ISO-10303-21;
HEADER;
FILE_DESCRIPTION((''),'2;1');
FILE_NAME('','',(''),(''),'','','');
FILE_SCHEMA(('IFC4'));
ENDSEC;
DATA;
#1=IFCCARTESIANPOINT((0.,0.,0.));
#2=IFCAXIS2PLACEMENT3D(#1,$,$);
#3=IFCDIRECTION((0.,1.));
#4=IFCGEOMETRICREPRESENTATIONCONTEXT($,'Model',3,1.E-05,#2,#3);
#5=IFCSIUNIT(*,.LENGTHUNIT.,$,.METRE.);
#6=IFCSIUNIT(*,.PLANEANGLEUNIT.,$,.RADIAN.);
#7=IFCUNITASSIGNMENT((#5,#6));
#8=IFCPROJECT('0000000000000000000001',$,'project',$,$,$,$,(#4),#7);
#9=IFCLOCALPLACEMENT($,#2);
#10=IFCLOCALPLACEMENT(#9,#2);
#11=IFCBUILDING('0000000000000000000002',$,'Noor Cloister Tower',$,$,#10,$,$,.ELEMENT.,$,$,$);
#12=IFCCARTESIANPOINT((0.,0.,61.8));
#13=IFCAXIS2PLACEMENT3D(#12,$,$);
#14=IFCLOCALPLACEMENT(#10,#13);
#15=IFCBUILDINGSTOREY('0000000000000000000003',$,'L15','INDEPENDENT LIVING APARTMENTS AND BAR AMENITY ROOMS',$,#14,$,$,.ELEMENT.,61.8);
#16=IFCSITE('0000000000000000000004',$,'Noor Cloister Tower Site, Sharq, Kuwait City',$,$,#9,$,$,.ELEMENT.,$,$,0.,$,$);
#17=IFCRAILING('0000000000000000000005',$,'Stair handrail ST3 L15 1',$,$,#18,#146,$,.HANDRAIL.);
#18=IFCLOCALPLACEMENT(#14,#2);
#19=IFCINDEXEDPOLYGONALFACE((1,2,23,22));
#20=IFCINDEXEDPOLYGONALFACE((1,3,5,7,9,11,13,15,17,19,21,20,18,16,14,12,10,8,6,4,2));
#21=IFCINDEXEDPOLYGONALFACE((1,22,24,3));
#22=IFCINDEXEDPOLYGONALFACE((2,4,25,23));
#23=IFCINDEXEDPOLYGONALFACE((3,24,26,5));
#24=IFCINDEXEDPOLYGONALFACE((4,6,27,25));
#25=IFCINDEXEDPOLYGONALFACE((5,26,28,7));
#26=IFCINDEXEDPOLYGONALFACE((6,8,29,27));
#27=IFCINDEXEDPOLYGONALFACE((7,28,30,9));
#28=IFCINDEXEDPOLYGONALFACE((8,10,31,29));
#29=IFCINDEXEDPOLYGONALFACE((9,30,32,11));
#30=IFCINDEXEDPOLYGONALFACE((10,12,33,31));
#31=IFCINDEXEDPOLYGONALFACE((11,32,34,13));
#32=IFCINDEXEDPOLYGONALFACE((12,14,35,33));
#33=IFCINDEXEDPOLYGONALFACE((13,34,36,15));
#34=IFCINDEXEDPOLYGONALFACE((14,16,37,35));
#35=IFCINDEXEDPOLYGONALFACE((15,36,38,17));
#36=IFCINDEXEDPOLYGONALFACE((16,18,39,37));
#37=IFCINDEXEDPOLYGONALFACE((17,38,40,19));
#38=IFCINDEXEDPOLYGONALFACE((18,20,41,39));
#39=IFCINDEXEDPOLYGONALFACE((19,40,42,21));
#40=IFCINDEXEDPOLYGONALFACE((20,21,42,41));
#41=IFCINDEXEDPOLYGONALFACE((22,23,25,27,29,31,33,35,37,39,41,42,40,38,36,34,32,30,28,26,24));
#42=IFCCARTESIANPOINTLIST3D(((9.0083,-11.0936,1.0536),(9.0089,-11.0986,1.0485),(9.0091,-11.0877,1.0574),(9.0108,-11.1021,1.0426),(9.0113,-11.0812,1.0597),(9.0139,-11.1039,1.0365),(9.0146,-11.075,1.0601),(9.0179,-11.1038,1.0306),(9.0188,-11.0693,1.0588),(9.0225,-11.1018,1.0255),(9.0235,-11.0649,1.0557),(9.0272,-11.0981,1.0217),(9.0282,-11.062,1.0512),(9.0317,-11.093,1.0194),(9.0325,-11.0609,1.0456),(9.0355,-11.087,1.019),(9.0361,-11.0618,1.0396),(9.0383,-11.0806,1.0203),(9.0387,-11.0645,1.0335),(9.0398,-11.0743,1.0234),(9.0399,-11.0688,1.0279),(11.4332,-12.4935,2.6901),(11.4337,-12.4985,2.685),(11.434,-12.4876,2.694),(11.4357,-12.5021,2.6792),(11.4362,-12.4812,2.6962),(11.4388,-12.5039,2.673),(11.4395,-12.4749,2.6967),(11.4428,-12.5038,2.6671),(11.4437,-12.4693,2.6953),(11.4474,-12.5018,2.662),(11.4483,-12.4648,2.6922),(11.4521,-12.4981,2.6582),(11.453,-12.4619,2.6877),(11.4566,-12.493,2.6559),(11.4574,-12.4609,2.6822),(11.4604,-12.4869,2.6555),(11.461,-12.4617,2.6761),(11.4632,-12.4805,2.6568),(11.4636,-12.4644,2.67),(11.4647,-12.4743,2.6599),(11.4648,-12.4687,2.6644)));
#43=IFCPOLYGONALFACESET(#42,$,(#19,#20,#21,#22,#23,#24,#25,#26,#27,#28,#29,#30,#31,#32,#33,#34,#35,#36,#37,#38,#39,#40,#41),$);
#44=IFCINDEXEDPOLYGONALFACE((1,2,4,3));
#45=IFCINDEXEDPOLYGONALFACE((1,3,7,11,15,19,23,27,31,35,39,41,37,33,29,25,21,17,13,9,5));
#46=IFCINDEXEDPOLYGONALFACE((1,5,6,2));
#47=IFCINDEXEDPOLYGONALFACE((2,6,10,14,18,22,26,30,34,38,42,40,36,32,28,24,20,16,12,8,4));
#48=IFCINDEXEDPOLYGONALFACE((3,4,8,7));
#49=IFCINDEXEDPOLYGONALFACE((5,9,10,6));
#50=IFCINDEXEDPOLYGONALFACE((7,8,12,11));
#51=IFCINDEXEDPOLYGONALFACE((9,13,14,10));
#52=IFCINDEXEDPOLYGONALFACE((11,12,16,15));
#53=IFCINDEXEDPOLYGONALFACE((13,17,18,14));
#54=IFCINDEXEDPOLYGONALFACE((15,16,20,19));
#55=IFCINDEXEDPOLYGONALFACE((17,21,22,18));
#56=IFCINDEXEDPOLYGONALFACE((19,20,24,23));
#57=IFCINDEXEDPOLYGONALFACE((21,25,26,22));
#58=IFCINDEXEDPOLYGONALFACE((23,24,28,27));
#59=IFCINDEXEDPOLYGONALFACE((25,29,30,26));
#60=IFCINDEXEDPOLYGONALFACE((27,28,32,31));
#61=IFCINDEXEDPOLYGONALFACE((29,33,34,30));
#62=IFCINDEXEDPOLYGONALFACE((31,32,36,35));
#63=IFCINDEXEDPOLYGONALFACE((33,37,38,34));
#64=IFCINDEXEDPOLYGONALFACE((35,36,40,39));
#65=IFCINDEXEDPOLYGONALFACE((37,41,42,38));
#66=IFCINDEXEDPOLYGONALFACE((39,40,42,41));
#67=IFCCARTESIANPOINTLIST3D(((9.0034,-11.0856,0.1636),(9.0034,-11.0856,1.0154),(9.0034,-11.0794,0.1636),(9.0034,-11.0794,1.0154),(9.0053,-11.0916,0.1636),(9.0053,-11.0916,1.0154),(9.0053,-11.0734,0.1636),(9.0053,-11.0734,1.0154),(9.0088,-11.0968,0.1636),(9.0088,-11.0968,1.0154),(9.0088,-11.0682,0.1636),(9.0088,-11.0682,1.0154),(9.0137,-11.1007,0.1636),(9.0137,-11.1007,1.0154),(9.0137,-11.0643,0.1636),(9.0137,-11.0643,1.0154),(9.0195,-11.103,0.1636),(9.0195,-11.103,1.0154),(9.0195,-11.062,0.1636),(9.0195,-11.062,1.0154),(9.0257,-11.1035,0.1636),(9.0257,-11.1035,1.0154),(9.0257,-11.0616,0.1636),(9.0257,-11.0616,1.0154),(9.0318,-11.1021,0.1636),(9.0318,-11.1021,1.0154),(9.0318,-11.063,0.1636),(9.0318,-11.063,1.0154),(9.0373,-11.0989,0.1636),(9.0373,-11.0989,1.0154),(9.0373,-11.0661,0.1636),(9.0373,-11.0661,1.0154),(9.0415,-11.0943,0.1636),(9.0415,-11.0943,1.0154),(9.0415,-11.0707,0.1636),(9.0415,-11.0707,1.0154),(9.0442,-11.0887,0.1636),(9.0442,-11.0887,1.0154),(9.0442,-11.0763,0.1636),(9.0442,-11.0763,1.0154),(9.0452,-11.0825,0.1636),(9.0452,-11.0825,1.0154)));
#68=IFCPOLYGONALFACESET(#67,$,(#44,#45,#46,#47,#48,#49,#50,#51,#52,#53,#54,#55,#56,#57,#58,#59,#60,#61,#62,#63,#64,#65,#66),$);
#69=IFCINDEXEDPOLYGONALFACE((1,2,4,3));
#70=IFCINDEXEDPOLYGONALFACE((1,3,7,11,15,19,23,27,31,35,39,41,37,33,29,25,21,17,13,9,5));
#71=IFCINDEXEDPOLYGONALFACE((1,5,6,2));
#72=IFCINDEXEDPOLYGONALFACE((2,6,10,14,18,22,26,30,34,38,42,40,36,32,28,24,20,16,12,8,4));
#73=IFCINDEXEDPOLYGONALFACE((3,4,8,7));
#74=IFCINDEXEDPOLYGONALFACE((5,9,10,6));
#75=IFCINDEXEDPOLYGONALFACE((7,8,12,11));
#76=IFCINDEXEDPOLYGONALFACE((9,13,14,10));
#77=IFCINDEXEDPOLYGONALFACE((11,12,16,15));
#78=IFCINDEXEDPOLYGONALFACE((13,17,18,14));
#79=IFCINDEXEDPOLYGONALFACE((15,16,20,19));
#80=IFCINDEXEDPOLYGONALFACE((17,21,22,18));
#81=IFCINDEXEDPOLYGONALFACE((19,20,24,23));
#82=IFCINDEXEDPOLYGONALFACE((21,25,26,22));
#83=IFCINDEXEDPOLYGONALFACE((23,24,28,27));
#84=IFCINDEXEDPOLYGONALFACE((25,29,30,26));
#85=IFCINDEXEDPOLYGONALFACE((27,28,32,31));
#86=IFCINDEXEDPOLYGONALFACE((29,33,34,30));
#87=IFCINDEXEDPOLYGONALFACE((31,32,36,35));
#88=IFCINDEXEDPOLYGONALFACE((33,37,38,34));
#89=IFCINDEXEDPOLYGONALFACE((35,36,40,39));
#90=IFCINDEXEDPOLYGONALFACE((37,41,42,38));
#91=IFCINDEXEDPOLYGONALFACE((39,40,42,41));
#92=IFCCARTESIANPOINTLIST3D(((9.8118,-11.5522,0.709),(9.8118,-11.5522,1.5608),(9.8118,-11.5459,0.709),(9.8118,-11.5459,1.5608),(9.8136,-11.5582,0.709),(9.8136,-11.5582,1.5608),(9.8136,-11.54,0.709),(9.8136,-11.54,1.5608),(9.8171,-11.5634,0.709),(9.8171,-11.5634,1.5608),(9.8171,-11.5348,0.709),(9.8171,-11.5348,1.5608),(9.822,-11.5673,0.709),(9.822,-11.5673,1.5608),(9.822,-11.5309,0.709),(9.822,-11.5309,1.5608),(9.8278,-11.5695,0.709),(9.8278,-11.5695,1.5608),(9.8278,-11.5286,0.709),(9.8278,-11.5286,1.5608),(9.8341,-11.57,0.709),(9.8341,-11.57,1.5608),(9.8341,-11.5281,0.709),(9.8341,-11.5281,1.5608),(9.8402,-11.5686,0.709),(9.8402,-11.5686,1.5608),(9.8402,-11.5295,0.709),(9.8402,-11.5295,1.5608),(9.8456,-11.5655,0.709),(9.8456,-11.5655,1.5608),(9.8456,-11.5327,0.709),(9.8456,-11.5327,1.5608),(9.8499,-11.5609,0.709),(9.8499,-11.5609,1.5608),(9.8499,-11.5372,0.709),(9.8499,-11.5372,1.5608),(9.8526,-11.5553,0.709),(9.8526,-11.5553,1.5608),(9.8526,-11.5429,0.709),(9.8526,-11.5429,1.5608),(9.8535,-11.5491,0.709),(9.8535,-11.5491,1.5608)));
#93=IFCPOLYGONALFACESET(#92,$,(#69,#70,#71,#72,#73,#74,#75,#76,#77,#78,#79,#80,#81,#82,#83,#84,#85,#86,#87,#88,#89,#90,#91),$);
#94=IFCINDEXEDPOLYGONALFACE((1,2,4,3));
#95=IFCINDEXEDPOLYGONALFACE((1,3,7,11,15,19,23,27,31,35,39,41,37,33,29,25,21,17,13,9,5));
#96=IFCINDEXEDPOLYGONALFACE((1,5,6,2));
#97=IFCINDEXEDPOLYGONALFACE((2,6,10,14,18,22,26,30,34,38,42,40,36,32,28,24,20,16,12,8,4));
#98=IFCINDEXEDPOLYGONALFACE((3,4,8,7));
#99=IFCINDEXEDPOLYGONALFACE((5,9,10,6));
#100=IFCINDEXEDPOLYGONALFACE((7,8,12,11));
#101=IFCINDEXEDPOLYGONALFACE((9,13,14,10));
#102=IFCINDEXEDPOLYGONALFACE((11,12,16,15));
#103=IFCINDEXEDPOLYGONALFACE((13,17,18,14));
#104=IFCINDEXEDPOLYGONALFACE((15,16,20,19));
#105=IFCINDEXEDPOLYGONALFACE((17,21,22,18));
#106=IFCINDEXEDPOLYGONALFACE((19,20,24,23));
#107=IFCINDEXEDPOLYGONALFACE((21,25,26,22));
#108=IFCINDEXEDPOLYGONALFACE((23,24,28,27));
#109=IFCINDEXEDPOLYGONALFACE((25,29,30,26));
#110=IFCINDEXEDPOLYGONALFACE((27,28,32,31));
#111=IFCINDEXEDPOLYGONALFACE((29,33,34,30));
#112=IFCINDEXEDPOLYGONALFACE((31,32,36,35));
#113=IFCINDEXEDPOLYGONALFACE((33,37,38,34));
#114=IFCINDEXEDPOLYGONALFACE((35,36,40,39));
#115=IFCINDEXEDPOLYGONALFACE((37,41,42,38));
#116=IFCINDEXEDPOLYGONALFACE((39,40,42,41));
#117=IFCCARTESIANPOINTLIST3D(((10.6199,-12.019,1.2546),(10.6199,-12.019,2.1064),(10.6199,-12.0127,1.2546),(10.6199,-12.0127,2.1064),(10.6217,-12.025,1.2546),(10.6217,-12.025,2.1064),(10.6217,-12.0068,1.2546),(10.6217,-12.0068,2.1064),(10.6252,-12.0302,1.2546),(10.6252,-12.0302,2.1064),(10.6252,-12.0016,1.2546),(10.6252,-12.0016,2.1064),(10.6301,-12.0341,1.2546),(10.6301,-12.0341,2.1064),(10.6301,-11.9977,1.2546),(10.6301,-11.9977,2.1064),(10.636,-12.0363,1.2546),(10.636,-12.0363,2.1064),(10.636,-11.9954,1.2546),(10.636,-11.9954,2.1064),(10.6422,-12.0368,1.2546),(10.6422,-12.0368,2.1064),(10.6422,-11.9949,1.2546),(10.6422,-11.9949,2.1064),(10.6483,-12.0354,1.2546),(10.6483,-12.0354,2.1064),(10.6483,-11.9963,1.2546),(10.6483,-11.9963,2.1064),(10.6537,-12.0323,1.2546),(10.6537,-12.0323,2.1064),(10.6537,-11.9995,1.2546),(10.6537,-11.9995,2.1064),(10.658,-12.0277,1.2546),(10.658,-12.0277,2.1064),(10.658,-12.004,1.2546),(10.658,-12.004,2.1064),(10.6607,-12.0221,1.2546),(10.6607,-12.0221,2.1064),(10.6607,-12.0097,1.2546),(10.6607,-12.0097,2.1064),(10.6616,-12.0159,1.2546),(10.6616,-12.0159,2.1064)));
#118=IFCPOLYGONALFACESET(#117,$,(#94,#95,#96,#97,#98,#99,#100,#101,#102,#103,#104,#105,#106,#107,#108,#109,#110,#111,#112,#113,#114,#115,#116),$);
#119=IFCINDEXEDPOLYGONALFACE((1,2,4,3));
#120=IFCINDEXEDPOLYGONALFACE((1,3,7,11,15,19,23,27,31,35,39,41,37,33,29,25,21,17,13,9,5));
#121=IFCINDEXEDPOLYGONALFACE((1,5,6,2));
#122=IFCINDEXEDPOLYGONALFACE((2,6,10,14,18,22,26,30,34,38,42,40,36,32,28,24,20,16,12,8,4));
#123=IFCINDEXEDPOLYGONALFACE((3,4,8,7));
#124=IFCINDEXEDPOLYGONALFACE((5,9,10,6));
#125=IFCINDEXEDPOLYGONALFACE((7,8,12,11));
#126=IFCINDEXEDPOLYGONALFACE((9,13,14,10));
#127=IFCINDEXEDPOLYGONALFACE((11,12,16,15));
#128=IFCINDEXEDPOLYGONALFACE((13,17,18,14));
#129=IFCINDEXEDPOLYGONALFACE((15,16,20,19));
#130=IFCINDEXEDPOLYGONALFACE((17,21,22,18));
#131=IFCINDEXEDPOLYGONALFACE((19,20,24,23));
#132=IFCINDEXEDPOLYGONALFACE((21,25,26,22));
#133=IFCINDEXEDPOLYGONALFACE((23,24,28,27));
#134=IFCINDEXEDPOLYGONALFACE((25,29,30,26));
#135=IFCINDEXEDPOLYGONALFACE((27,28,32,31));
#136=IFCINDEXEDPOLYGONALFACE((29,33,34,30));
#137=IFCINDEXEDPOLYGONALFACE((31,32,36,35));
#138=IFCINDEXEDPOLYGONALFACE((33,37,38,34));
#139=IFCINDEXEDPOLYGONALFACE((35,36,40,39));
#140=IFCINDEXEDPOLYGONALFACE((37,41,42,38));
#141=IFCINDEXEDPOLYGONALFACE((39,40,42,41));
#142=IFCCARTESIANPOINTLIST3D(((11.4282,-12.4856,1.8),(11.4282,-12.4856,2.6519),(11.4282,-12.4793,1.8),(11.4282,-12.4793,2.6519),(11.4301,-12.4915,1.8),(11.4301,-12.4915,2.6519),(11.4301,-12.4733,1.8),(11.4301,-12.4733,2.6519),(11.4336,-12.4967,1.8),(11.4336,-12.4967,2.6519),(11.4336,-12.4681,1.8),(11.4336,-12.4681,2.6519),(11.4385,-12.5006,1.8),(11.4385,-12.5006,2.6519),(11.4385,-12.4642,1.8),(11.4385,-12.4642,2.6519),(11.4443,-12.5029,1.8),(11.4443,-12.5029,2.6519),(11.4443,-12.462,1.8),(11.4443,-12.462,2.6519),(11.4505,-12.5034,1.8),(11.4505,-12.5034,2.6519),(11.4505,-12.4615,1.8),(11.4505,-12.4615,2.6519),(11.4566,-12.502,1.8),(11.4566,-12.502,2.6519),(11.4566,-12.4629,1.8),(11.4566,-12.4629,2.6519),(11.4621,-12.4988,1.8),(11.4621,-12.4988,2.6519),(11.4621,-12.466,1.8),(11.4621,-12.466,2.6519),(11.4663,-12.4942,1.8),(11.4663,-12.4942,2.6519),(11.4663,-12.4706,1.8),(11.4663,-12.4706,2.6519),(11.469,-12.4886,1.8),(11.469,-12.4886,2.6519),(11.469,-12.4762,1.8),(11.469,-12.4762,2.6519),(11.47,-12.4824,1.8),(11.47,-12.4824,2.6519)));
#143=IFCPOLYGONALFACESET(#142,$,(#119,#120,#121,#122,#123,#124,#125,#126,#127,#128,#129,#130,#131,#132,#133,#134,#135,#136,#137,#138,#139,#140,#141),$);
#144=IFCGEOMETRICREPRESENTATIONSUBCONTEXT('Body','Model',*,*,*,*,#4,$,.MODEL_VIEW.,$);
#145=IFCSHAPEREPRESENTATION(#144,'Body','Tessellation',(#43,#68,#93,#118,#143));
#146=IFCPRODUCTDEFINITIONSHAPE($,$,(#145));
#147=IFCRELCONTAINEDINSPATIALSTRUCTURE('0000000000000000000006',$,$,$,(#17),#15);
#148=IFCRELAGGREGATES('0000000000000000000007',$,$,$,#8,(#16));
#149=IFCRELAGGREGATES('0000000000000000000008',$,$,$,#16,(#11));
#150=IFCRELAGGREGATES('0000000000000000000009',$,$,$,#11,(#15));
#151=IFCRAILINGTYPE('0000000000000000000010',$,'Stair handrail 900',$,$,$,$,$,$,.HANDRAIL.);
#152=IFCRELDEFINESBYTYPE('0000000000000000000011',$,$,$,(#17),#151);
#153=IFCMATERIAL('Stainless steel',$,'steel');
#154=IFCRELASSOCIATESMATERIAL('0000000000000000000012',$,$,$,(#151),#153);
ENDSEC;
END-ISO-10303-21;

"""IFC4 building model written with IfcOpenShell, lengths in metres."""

from ifc_helpers import new_model, si_unit, direction, frame, origin, origin_2d, place, context, subcontext, project, spatial, circle, extrude, material, type_object, element, save


model = new_model("IFC4")

# Units and contexts
model_context = context("Model", 3, precision=1e-05, world=origin(), true_north=direction((0.0, 1.0)))
body_context = subcontext(model_context, "Body", "Model", "MODEL_VIEW")
ifc_project = project(units=[si_unit("LENGTHUNIT", "METRE"), si_unit("PLANEANGLEUNIT", "RADIAN")], contexts=[model_context])

# Site, building, storey
site_placement = place(None, origin())
site = spatial("IfcSite", under=ifc_project, at=site_placement, Name="Noor Cloister Tower Site, Sharq, Kuwait City", CompositionType="ELEMENT", RefElevation=0.0)
building_placement = place(site_placement, origin())
building = spatial("IfcBuilding", under=site, at=building_placement, Name="Noor Cloister Tower", CompositionType="ELEMENT")
storey_placement = place(building_placement, frame((0.0, 0.0, 61.8)))
storey = spatial("IfcBuildingStorey", under=building, at=storey_placement, Name="L15", Description="INDEPENDENT LIVING APARTMENTS AND BAR AMENITY ROOMS", CompositionType="ELEMENT", Elevation=61.8)

# Railing
ifc_material_1 = material(Name="Stainless steel", Category="steel")
railing_type_1 = type_object("IfcRailingType", Name="Stair handrail 900", PredefinedType="HANDRAIL", material=ifc_material_1)
railing_1_placement = place(storey_placement, frame((9.0242, -11.0825, 0.1636)))
element("IfcRailing", 1, at=railing_1_placement, inside=storey, type_object=railing_type_1, Name="Stair handrail ST3 L15 1", PredefinedType="HANDRAIL", context=body_context, shape_type="SweptSolid", body=[
    extrude(circle(Radius=0.0239, at=origin_2d()), frame((0.0, 0.0, 0.876), z_axis=(0.74769, -0.431661, 0.504608), x_axis=(0.499984, 0.866035, 0.0)), (0.0, 0.0, 1.0), 3.2432),
    extrude(circle(Radius=0.021, at=origin_2d()), origin(), (0.0, 0.0, 1.0), 0.8518),
    extrude(circle(Radius=0.021, at=origin_2d()), frame((0.8083, -0.4666, 0.5454)), (0.0, 0.0, 1.0), 0.8518),
    extrude(circle(Radius=0.021, at=origin_2d()), frame((1.6165, -0.9333, 1.0911)), (0.0, 0.0, 1.0), 0.8518),
    extrude(circle(Radius=0.021, at=origin_2d()), frame((2.4248, -1.3999, 1.6365)), (0.0, 0.0, 1.0), 0.8518),
])

save(model, "model.ifc")
